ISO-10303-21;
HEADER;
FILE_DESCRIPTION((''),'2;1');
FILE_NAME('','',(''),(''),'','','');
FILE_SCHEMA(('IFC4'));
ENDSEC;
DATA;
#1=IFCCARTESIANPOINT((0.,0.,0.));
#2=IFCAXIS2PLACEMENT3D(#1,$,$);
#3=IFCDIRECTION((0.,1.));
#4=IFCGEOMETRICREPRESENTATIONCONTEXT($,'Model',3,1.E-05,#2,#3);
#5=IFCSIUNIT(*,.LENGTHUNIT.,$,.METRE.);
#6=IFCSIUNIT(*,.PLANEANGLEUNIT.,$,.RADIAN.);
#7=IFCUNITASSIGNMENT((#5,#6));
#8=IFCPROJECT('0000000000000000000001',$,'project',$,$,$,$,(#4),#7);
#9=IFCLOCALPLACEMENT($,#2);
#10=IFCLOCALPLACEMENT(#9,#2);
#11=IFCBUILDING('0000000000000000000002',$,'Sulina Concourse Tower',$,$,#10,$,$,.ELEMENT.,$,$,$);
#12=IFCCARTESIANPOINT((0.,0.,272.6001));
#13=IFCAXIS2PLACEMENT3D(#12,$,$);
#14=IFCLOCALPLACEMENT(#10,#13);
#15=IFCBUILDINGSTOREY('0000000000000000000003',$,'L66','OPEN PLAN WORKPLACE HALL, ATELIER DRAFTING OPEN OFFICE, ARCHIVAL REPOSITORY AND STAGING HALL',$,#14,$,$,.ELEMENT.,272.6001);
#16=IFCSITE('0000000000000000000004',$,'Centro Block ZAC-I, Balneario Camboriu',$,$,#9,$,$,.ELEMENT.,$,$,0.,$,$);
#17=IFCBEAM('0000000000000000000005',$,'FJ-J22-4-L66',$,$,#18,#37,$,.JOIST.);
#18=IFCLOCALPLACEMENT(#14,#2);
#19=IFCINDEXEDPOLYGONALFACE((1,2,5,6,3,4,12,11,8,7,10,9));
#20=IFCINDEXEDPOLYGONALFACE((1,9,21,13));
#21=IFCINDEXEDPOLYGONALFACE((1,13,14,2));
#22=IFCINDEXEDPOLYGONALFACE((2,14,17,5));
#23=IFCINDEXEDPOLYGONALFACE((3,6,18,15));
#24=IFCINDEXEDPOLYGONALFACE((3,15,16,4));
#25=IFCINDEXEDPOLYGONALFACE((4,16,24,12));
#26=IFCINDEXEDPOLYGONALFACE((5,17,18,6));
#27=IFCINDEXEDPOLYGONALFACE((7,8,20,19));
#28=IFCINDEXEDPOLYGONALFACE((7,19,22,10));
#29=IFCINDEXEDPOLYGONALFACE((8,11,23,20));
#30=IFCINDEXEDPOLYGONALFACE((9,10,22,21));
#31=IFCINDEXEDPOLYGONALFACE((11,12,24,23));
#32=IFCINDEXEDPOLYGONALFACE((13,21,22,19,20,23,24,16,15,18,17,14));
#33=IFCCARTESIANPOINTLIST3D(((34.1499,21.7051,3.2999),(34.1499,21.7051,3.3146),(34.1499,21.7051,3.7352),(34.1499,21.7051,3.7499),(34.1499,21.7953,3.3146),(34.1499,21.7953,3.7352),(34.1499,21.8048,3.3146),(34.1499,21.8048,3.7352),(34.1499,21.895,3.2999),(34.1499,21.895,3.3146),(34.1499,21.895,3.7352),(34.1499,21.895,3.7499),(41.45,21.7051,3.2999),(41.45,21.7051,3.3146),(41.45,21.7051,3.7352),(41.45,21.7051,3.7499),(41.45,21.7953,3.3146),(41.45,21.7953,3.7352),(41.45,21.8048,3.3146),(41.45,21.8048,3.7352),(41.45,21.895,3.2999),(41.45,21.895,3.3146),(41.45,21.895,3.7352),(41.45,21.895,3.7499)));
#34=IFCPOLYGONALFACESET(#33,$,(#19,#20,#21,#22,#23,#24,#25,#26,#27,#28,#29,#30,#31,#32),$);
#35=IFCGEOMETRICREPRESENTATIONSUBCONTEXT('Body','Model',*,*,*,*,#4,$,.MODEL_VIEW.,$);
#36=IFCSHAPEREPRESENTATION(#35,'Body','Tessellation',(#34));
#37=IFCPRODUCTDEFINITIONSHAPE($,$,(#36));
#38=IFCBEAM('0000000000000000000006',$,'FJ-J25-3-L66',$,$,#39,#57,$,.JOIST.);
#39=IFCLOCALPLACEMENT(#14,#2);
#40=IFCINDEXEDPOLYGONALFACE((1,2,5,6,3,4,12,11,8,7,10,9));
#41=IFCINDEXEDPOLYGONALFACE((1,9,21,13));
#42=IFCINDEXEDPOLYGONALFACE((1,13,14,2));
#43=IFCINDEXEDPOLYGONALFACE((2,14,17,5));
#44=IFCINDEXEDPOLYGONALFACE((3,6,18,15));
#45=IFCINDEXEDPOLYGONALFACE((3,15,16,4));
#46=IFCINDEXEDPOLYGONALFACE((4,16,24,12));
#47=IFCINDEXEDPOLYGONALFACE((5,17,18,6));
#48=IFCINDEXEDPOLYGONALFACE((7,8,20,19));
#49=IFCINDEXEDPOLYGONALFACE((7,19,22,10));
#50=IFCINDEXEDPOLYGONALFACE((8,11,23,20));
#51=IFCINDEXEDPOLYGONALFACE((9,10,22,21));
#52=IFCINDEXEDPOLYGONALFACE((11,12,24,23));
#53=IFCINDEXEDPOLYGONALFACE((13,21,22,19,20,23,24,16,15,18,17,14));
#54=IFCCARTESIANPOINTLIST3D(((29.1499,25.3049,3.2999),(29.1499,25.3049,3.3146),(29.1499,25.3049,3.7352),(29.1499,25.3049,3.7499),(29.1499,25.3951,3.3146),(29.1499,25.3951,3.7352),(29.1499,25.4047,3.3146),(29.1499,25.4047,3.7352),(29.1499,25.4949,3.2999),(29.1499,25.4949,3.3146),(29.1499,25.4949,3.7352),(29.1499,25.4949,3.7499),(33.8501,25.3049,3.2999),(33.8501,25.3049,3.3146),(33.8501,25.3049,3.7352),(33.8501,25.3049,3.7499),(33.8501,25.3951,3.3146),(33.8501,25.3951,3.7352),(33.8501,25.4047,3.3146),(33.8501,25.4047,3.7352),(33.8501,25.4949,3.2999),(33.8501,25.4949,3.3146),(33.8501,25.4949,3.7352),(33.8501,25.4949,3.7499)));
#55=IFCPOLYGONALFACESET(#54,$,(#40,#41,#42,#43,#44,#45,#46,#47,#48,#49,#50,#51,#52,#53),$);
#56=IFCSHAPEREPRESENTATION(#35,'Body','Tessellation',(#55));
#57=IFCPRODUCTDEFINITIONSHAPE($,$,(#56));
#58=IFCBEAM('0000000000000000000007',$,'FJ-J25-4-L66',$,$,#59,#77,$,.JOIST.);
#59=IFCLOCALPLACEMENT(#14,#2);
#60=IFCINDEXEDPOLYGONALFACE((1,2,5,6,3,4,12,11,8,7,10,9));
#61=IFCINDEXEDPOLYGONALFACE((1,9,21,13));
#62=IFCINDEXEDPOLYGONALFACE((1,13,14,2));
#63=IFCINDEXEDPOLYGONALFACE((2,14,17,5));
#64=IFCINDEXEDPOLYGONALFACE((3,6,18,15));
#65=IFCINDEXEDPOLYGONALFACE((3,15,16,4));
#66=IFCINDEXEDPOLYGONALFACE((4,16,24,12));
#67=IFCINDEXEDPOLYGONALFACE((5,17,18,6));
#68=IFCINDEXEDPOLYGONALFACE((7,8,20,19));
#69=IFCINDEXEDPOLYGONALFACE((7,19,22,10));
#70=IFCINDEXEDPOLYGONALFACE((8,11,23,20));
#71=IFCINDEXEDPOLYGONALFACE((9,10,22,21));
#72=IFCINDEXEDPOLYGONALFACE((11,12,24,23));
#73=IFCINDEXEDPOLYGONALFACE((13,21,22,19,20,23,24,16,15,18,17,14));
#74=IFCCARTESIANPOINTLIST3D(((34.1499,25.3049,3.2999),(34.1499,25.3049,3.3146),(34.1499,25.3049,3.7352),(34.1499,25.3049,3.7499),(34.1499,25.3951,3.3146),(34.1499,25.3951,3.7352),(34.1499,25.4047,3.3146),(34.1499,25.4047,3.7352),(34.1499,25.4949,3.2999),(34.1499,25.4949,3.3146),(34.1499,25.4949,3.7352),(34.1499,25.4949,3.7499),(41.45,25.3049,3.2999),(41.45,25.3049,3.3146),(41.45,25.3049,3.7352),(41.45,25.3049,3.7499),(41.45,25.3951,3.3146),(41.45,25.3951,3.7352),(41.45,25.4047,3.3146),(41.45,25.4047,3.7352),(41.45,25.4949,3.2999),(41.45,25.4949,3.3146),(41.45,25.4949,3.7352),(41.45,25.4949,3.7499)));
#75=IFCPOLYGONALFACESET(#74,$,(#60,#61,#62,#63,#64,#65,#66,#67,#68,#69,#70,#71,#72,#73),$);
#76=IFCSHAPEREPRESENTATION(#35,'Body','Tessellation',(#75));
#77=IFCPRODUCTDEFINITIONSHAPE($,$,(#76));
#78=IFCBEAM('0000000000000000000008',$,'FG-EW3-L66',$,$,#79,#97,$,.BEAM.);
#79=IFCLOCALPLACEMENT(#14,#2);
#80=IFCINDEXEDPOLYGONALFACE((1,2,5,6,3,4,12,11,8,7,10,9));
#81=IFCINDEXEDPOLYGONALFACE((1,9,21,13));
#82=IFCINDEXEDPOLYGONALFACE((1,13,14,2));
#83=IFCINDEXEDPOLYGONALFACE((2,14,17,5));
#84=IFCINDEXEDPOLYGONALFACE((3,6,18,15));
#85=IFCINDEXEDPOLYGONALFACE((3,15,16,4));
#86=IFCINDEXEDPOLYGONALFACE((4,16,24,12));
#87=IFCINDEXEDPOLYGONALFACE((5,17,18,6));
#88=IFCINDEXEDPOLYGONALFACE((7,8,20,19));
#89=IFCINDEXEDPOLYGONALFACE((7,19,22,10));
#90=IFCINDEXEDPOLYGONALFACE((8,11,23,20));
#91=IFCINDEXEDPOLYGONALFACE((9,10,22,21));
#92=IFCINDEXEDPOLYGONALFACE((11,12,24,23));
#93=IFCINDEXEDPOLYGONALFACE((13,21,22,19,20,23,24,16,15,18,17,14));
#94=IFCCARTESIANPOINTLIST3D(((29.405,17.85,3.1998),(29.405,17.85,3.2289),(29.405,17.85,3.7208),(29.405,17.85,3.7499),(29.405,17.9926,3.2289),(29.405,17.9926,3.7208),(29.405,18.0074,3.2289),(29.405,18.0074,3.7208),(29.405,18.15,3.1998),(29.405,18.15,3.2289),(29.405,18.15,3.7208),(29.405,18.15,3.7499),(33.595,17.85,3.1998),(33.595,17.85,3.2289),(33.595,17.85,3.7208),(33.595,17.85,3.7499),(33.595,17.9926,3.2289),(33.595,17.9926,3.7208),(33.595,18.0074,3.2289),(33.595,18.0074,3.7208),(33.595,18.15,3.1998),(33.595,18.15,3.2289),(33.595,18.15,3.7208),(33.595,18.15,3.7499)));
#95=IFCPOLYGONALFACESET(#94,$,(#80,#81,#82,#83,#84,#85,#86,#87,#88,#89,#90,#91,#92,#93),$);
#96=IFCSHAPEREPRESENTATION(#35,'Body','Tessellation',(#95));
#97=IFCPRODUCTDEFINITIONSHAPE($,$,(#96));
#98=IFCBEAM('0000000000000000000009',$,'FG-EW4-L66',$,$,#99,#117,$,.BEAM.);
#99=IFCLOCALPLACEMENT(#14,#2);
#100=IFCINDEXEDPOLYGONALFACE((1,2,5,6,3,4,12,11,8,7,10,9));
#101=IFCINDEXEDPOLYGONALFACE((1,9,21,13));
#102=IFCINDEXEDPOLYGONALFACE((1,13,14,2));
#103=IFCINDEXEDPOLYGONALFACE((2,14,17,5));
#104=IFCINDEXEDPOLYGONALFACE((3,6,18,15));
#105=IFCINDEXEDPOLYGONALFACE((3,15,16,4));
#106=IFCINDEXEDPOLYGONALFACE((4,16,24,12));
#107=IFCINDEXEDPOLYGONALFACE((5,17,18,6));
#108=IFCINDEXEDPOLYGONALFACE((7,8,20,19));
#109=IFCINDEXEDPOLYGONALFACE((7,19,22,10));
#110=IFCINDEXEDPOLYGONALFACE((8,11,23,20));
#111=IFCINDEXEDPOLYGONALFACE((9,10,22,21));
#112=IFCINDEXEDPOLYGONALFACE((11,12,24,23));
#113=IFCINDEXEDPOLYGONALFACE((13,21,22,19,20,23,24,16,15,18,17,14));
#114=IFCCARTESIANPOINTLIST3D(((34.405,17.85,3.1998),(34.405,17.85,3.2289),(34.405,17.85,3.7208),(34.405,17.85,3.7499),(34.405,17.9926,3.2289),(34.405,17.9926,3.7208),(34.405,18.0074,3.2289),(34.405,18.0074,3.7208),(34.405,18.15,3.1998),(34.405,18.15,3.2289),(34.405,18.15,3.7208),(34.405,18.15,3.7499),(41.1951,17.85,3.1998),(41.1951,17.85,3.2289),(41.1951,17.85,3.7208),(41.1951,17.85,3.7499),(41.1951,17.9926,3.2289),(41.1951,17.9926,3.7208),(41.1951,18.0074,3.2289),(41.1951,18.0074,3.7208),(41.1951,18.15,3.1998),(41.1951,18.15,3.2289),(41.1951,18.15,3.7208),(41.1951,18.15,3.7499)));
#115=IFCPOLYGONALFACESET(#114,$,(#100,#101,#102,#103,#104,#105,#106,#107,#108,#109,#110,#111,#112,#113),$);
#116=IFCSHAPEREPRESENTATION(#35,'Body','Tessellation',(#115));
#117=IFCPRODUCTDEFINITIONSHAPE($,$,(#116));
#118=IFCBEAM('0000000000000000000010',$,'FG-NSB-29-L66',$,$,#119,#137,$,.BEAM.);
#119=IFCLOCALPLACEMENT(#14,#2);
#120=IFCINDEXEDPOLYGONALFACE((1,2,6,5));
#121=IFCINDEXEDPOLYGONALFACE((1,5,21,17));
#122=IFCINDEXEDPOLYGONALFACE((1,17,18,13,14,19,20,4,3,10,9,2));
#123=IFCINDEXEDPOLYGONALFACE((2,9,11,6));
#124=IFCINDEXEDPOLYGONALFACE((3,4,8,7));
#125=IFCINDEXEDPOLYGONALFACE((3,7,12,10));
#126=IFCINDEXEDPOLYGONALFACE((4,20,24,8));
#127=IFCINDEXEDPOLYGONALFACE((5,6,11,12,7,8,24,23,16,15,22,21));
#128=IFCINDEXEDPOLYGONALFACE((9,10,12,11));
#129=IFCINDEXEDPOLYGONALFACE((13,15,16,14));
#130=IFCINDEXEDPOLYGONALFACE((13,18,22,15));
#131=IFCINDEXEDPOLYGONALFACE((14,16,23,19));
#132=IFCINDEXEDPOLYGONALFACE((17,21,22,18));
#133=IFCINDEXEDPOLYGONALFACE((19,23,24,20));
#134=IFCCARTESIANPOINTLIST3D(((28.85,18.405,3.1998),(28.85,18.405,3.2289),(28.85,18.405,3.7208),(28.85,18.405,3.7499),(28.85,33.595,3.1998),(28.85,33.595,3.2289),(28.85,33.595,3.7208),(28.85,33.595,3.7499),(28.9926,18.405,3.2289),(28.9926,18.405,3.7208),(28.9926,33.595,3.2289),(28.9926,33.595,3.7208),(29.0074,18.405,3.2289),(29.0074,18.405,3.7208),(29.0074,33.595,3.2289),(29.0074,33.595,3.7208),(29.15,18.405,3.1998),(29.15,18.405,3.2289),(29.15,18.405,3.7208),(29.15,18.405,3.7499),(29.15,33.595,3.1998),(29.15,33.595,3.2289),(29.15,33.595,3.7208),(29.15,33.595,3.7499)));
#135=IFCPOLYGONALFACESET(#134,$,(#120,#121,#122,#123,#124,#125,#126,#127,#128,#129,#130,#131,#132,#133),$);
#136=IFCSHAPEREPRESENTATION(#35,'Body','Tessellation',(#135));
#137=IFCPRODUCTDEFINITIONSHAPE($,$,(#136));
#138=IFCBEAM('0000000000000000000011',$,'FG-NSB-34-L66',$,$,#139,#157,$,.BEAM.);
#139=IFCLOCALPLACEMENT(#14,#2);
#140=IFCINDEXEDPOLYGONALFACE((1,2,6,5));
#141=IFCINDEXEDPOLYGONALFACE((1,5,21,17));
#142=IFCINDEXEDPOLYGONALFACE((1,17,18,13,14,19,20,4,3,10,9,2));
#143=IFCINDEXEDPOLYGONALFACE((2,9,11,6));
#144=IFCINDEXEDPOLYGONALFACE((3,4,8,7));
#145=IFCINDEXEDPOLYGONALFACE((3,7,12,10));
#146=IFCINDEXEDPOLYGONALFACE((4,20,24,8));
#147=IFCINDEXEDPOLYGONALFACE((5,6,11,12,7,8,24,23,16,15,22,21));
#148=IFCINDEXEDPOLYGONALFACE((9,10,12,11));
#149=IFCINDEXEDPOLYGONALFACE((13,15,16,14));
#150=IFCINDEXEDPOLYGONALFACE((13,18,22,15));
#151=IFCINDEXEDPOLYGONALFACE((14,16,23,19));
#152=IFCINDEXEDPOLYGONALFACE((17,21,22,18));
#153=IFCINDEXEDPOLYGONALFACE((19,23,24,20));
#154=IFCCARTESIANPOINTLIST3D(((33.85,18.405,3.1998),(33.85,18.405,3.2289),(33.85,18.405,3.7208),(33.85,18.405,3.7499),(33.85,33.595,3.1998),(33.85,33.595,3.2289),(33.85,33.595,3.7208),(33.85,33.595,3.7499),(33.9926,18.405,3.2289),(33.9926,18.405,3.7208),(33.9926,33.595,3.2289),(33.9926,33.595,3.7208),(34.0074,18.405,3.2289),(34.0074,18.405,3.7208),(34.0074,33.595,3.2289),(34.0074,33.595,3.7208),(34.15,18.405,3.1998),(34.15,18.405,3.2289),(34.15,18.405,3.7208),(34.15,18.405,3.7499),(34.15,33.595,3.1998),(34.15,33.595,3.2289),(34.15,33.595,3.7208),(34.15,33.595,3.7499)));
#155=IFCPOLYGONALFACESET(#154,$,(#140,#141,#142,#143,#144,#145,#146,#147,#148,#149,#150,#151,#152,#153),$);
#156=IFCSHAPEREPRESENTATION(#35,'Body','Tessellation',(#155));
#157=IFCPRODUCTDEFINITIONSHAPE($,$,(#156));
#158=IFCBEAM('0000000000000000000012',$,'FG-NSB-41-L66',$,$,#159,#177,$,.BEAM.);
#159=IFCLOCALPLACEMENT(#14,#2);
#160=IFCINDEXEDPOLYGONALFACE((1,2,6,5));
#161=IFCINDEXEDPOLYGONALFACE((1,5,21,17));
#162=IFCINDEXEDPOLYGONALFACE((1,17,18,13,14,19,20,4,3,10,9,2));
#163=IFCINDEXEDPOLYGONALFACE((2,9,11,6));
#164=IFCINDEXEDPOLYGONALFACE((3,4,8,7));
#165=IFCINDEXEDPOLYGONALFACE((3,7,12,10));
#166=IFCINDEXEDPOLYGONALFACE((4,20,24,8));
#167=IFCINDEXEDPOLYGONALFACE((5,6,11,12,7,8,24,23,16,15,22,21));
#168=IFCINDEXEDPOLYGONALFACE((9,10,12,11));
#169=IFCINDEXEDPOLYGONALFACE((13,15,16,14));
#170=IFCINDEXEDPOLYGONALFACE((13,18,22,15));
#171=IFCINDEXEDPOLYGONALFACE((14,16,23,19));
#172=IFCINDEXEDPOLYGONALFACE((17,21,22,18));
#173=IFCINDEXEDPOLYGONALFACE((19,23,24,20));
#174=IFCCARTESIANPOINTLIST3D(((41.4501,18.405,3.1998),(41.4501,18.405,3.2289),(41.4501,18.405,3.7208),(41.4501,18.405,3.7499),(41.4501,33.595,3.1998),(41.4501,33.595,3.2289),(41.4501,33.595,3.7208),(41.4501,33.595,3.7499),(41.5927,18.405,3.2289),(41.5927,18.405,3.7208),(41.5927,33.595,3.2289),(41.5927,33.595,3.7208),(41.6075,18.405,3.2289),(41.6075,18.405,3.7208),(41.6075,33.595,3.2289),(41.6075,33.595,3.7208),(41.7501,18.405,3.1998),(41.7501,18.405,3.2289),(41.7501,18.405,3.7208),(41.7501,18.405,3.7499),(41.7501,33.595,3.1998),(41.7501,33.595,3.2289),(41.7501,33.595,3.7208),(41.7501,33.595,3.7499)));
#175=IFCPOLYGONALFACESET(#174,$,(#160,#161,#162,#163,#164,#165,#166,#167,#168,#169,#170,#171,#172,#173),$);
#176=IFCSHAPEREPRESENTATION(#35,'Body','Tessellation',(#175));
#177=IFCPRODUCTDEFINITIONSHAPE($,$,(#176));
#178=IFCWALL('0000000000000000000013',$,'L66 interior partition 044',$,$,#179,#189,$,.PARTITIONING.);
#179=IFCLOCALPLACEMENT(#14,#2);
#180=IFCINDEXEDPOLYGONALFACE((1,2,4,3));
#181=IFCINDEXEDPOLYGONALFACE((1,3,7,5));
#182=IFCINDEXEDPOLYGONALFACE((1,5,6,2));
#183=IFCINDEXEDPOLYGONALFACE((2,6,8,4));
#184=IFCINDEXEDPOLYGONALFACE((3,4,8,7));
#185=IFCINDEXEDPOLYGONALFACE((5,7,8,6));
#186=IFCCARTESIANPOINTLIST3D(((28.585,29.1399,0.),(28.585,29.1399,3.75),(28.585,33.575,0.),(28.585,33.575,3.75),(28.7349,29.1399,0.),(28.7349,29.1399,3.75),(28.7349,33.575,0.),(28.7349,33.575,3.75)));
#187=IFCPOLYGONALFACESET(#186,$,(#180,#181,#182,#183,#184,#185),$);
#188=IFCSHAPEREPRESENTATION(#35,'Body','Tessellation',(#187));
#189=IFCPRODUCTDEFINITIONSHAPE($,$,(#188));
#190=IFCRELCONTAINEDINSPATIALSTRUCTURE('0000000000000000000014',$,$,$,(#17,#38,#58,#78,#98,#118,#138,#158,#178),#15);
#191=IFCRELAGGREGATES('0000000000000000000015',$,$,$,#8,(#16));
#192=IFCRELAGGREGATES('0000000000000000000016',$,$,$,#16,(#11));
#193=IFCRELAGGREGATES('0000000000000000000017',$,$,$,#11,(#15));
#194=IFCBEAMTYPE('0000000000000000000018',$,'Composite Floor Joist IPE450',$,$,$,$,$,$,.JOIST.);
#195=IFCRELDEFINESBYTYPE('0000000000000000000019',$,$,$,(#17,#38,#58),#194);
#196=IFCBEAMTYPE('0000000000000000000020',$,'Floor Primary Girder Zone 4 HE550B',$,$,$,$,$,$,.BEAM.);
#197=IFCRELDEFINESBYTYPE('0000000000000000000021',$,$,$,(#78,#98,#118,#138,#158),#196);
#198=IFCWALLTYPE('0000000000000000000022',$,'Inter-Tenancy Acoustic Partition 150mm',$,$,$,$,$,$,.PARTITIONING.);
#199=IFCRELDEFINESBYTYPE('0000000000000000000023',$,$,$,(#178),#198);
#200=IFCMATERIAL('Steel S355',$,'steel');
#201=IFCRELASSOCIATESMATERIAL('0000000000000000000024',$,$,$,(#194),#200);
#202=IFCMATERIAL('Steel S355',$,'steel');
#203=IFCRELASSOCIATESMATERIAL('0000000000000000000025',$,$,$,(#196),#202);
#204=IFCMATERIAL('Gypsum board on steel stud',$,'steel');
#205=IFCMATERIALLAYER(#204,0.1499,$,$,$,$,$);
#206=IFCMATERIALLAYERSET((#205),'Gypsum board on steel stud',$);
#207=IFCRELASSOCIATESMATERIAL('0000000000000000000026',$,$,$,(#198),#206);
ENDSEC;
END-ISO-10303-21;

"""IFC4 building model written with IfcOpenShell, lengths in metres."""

from ifc_helpers import new_model, si_unit, direction, frame, frame_2d, origin, origin_2d, place, context, subcontext, project, spatial, rectangle, i_section, extrude, material, layer, layer_set, material_profile, profile_set, type_object, element, save


model = new_model("IFC4")

# Units and contexts
model_context = context("Model", 3, precision=1e-05, world=origin(), true_north=direction((0.0, 1.0)))
body_context = subcontext(model_context, "Body", "Model", "MODEL_VIEW")
ifc_project = project(units=[si_unit("LENGTHUNIT", "METRE"), si_unit("PLANEANGLEUNIT", "RADIAN")], contexts=[model_context])

# Site, building, storey
site_placement = place(None, origin())
site = spatial("IfcSite", under=ifc_project, at=site_placement, Name="Centro Block ZAC-I, Balneario Camboriu", CompositionType="ELEMENT", RefElevation=0.0)
building_placement = place(site_placement, origin())
building = spatial("IfcBuilding", under=site, at=building_placement, Name="Sulina Concourse Tower", CompositionType="ELEMENT")
storey_placement = place(building_placement, frame((0.0, 0.0, 272.6001)))
storey = spatial("IfcBuildingStorey", under=building, at=storey_placement, Name="L66", Description="OPEN PLAN WORKPLACE HALL, ATELIER DRAFTING OPEN OFFICE, ARCHIVAL REPOSITORY AND STAGING HALL", CompositionType="ELEMENT", Elevation=272.6001)

# Beams
ifc_material_1 = material(Name="Steel S355", Category="steel")
ifc_material_profile_1 = material_profile(ifc_material_1, i_section(OverallWidth=0.1899, OverallDepth=0.45, WebThickness=0.0095, FlangeThickness=0.0146, at=origin_2d()), Name="IPE 450")
ifc_profile_set_1 = profile_set([ifc_material_profile_1], Name="Steel S355")
beam_type_1 = type_object("IfcBeamType", Name="Composite Floor Joist IPE450", PredefinedType="JOIST", material=ifc_profile_set_1)
beam_1_placement = place(storey_placement, frame((34.1499, 21.8, 3.5249), z_axis=(1.0, 0.0, 0.0), x_axis=(0.0, 1.0, 0.0)))
element("IfcBeam", 1, at=beam_1_placement, inside=storey, type_object=beam_type_1, Name="FJ-J22-4-L66", PredefinedType="JOIST", context=body_context, shape_type="SweptSolid", body=[
    extrude(i_section(OverallWidth=0.1899, OverallDepth=0.45, WebThickness=0.0095, FlangeThickness=0.0146, at=origin_2d()), origin(), (0.0, 0.0, 1.0), 7.3),
])
beam_2_placement = place(storey_placement, frame((29.1499, 25.3999, 3.5249), z_axis=(1.0, 0.0, 0.0), x_axis=(0.0, 1.0, 0.0)))
element("IfcBeam", 2, at=beam_2_placement, inside=storey, type_object=beam_type_1, Name="FJ-J25-3-L66", PredefinedType="JOIST", context=body_context, shape_type="SweptSolid", body=[
    extrude(i_section(OverallWidth=0.1899, OverallDepth=0.45, WebThickness=0.0095, FlangeThickness=0.0146, at=origin_2d()), origin(), (0.0, 0.0, 1.0), 4.7002),
])
beam_3_placement = place(storey_placement, frame((34.1499, 25.3999, 3.5249), z_axis=(1.0, 0.0, 0.0), x_axis=(0.0, 1.0, 0.0)))
element("IfcBeam", 3, at=beam_3_placement, inside=storey, type_object=beam_type_1, Name="FJ-J25-4-L66", PredefinedType="JOIST", context=body_context, shape_type="SweptSolid", body=[
    extrude(i_section(OverallWidth=0.1899, OverallDepth=0.45, WebThickness=0.0095, FlangeThickness=0.0146, at=origin_2d()), origin(), (0.0, 0.0, 1.0), 7.3),
])
ifc_material_2 = material(Name="Steel S355", Category="steel")
ifc_material_profile_2 = material_profile(ifc_material_2, i_section(OverallWidth=0.3, OverallDepth=0.55, WebThickness=0.0149, FlangeThickness=0.0291, at=origin_2d()), Name="HE 550 B")
ifc_profile_set_2 = profile_set([ifc_material_profile_2], Name="Steel S355")
beam_type_2 = type_object("IfcBeamType", Name="Floor Primary Girder Zone 4 HE550B", PredefinedType="BEAM", material=ifc_profile_set_2)
beam_4_placement = place(storey_placement, frame((29.405, 18.0, 3.4749), z_axis=(1.0, 0.0, 0.0), x_axis=(0.0, 1.0, 0.0)))
element("IfcBeam", 4, at=beam_4_placement, inside=storey, type_object=beam_type_2, Name="FG-EW3-L66", PredefinedType="BEAM", context=body_context, shape_type="SweptSolid", body=[
    extrude(i_section(OverallWidth=0.3, OverallDepth=0.55, WebThickness=0.0149, FlangeThickness=0.0291, at=origin_2d()), origin(), (0.0, 0.0, 1.0), 4.1899),
])
beam_5_placement = place(storey_placement, frame((34.405, 18.0, 3.4749), z_axis=(1.0, 0.0, 0.0), x_axis=(0.0, 1.0, 0.0)))
element("IfcBeam", 5, at=beam_5_placement, inside=storey, type_object=beam_type_2, Name="FG-EW4-L66", PredefinedType="BEAM", context=body_context, shape_type="SweptSolid", body=[
    extrude(i_section(OverallWidth=0.3, OverallDepth=0.55, WebThickness=0.0149, FlangeThickness=0.0291, at=origin_2d()), origin(), (0.0, 0.0, 1.0), 6.79),
])
for number, where, z_axis, x_axis, name in (
    (6, (29.0, 18.405, 3.4749), (0.0, 1.0, 0.0), (-1.0, 0.0, 0.0), "FG-NSB-29-L66"),
    (7, (34.0, 18.405, 3.4749), (0.0, 1.0, 0.0), (-1.0, 0.0, 0.0), "FG-NSB-34-L66"),
    (8, (41.6001, 18.405, 3.4749), (0.0, 1.0, 0.0), (-1.0, 0.0, 0.0), "FG-NSB-41-L66"),
):
    element("IfcBeam", number, at=place(storey_placement, frame(where, z_axis=z_axis, x_axis=x_axis)), inside=storey, type_object=beam_type_2, Name=name, PredefinedType="BEAM", context=body_context, shape_type="SweptSolid", body=[
        extrude(i_section(OverallWidth=0.3, OverallDepth=0.55, WebThickness=0.0149, FlangeThickness=0.0291, at=origin_2d()), origin(), (0.0, 0.0, 1.0), 15.1899),
    ])

# Wall
ifc_material_3 = material(Name="Gypsum board on steel stud", Category="steel")
ifc_layer_1 = layer(ifc_material_3, 0.1499)
ifc_layer_set_1 = layer_set([ifc_layer_1], Name="Gypsum board on steel stud")
wall_type_1 = type_object("IfcWallType", Name="Inter-Tenancy Acoustic Partition 150mm", PredefinedType="PARTITIONING", material=ifc_layer_set_1)
wall_1_placement = place(storey_placement, frame((28.6599, 29.1399, 0.0), z_axis=(0.0, 0.0, 1.0), x_axis=(0.0, 1.0, 0.0)))
element("IfcWall", 9, at=wall_1_placement, inside=storey, type_object=wall_type_1, Name="L66 interior partition 044", PredefinedType="PARTITIONING", context=body_context, shape_type="SweptSolid", body=[
    extrude(rectangle(XDim=4.4351, YDim=0.1499, at=frame_2d((2.2175, 0.0))), origin(), (0.0, 0.0, 1.0), 3.75),
])

save(model, "model.ifc")
